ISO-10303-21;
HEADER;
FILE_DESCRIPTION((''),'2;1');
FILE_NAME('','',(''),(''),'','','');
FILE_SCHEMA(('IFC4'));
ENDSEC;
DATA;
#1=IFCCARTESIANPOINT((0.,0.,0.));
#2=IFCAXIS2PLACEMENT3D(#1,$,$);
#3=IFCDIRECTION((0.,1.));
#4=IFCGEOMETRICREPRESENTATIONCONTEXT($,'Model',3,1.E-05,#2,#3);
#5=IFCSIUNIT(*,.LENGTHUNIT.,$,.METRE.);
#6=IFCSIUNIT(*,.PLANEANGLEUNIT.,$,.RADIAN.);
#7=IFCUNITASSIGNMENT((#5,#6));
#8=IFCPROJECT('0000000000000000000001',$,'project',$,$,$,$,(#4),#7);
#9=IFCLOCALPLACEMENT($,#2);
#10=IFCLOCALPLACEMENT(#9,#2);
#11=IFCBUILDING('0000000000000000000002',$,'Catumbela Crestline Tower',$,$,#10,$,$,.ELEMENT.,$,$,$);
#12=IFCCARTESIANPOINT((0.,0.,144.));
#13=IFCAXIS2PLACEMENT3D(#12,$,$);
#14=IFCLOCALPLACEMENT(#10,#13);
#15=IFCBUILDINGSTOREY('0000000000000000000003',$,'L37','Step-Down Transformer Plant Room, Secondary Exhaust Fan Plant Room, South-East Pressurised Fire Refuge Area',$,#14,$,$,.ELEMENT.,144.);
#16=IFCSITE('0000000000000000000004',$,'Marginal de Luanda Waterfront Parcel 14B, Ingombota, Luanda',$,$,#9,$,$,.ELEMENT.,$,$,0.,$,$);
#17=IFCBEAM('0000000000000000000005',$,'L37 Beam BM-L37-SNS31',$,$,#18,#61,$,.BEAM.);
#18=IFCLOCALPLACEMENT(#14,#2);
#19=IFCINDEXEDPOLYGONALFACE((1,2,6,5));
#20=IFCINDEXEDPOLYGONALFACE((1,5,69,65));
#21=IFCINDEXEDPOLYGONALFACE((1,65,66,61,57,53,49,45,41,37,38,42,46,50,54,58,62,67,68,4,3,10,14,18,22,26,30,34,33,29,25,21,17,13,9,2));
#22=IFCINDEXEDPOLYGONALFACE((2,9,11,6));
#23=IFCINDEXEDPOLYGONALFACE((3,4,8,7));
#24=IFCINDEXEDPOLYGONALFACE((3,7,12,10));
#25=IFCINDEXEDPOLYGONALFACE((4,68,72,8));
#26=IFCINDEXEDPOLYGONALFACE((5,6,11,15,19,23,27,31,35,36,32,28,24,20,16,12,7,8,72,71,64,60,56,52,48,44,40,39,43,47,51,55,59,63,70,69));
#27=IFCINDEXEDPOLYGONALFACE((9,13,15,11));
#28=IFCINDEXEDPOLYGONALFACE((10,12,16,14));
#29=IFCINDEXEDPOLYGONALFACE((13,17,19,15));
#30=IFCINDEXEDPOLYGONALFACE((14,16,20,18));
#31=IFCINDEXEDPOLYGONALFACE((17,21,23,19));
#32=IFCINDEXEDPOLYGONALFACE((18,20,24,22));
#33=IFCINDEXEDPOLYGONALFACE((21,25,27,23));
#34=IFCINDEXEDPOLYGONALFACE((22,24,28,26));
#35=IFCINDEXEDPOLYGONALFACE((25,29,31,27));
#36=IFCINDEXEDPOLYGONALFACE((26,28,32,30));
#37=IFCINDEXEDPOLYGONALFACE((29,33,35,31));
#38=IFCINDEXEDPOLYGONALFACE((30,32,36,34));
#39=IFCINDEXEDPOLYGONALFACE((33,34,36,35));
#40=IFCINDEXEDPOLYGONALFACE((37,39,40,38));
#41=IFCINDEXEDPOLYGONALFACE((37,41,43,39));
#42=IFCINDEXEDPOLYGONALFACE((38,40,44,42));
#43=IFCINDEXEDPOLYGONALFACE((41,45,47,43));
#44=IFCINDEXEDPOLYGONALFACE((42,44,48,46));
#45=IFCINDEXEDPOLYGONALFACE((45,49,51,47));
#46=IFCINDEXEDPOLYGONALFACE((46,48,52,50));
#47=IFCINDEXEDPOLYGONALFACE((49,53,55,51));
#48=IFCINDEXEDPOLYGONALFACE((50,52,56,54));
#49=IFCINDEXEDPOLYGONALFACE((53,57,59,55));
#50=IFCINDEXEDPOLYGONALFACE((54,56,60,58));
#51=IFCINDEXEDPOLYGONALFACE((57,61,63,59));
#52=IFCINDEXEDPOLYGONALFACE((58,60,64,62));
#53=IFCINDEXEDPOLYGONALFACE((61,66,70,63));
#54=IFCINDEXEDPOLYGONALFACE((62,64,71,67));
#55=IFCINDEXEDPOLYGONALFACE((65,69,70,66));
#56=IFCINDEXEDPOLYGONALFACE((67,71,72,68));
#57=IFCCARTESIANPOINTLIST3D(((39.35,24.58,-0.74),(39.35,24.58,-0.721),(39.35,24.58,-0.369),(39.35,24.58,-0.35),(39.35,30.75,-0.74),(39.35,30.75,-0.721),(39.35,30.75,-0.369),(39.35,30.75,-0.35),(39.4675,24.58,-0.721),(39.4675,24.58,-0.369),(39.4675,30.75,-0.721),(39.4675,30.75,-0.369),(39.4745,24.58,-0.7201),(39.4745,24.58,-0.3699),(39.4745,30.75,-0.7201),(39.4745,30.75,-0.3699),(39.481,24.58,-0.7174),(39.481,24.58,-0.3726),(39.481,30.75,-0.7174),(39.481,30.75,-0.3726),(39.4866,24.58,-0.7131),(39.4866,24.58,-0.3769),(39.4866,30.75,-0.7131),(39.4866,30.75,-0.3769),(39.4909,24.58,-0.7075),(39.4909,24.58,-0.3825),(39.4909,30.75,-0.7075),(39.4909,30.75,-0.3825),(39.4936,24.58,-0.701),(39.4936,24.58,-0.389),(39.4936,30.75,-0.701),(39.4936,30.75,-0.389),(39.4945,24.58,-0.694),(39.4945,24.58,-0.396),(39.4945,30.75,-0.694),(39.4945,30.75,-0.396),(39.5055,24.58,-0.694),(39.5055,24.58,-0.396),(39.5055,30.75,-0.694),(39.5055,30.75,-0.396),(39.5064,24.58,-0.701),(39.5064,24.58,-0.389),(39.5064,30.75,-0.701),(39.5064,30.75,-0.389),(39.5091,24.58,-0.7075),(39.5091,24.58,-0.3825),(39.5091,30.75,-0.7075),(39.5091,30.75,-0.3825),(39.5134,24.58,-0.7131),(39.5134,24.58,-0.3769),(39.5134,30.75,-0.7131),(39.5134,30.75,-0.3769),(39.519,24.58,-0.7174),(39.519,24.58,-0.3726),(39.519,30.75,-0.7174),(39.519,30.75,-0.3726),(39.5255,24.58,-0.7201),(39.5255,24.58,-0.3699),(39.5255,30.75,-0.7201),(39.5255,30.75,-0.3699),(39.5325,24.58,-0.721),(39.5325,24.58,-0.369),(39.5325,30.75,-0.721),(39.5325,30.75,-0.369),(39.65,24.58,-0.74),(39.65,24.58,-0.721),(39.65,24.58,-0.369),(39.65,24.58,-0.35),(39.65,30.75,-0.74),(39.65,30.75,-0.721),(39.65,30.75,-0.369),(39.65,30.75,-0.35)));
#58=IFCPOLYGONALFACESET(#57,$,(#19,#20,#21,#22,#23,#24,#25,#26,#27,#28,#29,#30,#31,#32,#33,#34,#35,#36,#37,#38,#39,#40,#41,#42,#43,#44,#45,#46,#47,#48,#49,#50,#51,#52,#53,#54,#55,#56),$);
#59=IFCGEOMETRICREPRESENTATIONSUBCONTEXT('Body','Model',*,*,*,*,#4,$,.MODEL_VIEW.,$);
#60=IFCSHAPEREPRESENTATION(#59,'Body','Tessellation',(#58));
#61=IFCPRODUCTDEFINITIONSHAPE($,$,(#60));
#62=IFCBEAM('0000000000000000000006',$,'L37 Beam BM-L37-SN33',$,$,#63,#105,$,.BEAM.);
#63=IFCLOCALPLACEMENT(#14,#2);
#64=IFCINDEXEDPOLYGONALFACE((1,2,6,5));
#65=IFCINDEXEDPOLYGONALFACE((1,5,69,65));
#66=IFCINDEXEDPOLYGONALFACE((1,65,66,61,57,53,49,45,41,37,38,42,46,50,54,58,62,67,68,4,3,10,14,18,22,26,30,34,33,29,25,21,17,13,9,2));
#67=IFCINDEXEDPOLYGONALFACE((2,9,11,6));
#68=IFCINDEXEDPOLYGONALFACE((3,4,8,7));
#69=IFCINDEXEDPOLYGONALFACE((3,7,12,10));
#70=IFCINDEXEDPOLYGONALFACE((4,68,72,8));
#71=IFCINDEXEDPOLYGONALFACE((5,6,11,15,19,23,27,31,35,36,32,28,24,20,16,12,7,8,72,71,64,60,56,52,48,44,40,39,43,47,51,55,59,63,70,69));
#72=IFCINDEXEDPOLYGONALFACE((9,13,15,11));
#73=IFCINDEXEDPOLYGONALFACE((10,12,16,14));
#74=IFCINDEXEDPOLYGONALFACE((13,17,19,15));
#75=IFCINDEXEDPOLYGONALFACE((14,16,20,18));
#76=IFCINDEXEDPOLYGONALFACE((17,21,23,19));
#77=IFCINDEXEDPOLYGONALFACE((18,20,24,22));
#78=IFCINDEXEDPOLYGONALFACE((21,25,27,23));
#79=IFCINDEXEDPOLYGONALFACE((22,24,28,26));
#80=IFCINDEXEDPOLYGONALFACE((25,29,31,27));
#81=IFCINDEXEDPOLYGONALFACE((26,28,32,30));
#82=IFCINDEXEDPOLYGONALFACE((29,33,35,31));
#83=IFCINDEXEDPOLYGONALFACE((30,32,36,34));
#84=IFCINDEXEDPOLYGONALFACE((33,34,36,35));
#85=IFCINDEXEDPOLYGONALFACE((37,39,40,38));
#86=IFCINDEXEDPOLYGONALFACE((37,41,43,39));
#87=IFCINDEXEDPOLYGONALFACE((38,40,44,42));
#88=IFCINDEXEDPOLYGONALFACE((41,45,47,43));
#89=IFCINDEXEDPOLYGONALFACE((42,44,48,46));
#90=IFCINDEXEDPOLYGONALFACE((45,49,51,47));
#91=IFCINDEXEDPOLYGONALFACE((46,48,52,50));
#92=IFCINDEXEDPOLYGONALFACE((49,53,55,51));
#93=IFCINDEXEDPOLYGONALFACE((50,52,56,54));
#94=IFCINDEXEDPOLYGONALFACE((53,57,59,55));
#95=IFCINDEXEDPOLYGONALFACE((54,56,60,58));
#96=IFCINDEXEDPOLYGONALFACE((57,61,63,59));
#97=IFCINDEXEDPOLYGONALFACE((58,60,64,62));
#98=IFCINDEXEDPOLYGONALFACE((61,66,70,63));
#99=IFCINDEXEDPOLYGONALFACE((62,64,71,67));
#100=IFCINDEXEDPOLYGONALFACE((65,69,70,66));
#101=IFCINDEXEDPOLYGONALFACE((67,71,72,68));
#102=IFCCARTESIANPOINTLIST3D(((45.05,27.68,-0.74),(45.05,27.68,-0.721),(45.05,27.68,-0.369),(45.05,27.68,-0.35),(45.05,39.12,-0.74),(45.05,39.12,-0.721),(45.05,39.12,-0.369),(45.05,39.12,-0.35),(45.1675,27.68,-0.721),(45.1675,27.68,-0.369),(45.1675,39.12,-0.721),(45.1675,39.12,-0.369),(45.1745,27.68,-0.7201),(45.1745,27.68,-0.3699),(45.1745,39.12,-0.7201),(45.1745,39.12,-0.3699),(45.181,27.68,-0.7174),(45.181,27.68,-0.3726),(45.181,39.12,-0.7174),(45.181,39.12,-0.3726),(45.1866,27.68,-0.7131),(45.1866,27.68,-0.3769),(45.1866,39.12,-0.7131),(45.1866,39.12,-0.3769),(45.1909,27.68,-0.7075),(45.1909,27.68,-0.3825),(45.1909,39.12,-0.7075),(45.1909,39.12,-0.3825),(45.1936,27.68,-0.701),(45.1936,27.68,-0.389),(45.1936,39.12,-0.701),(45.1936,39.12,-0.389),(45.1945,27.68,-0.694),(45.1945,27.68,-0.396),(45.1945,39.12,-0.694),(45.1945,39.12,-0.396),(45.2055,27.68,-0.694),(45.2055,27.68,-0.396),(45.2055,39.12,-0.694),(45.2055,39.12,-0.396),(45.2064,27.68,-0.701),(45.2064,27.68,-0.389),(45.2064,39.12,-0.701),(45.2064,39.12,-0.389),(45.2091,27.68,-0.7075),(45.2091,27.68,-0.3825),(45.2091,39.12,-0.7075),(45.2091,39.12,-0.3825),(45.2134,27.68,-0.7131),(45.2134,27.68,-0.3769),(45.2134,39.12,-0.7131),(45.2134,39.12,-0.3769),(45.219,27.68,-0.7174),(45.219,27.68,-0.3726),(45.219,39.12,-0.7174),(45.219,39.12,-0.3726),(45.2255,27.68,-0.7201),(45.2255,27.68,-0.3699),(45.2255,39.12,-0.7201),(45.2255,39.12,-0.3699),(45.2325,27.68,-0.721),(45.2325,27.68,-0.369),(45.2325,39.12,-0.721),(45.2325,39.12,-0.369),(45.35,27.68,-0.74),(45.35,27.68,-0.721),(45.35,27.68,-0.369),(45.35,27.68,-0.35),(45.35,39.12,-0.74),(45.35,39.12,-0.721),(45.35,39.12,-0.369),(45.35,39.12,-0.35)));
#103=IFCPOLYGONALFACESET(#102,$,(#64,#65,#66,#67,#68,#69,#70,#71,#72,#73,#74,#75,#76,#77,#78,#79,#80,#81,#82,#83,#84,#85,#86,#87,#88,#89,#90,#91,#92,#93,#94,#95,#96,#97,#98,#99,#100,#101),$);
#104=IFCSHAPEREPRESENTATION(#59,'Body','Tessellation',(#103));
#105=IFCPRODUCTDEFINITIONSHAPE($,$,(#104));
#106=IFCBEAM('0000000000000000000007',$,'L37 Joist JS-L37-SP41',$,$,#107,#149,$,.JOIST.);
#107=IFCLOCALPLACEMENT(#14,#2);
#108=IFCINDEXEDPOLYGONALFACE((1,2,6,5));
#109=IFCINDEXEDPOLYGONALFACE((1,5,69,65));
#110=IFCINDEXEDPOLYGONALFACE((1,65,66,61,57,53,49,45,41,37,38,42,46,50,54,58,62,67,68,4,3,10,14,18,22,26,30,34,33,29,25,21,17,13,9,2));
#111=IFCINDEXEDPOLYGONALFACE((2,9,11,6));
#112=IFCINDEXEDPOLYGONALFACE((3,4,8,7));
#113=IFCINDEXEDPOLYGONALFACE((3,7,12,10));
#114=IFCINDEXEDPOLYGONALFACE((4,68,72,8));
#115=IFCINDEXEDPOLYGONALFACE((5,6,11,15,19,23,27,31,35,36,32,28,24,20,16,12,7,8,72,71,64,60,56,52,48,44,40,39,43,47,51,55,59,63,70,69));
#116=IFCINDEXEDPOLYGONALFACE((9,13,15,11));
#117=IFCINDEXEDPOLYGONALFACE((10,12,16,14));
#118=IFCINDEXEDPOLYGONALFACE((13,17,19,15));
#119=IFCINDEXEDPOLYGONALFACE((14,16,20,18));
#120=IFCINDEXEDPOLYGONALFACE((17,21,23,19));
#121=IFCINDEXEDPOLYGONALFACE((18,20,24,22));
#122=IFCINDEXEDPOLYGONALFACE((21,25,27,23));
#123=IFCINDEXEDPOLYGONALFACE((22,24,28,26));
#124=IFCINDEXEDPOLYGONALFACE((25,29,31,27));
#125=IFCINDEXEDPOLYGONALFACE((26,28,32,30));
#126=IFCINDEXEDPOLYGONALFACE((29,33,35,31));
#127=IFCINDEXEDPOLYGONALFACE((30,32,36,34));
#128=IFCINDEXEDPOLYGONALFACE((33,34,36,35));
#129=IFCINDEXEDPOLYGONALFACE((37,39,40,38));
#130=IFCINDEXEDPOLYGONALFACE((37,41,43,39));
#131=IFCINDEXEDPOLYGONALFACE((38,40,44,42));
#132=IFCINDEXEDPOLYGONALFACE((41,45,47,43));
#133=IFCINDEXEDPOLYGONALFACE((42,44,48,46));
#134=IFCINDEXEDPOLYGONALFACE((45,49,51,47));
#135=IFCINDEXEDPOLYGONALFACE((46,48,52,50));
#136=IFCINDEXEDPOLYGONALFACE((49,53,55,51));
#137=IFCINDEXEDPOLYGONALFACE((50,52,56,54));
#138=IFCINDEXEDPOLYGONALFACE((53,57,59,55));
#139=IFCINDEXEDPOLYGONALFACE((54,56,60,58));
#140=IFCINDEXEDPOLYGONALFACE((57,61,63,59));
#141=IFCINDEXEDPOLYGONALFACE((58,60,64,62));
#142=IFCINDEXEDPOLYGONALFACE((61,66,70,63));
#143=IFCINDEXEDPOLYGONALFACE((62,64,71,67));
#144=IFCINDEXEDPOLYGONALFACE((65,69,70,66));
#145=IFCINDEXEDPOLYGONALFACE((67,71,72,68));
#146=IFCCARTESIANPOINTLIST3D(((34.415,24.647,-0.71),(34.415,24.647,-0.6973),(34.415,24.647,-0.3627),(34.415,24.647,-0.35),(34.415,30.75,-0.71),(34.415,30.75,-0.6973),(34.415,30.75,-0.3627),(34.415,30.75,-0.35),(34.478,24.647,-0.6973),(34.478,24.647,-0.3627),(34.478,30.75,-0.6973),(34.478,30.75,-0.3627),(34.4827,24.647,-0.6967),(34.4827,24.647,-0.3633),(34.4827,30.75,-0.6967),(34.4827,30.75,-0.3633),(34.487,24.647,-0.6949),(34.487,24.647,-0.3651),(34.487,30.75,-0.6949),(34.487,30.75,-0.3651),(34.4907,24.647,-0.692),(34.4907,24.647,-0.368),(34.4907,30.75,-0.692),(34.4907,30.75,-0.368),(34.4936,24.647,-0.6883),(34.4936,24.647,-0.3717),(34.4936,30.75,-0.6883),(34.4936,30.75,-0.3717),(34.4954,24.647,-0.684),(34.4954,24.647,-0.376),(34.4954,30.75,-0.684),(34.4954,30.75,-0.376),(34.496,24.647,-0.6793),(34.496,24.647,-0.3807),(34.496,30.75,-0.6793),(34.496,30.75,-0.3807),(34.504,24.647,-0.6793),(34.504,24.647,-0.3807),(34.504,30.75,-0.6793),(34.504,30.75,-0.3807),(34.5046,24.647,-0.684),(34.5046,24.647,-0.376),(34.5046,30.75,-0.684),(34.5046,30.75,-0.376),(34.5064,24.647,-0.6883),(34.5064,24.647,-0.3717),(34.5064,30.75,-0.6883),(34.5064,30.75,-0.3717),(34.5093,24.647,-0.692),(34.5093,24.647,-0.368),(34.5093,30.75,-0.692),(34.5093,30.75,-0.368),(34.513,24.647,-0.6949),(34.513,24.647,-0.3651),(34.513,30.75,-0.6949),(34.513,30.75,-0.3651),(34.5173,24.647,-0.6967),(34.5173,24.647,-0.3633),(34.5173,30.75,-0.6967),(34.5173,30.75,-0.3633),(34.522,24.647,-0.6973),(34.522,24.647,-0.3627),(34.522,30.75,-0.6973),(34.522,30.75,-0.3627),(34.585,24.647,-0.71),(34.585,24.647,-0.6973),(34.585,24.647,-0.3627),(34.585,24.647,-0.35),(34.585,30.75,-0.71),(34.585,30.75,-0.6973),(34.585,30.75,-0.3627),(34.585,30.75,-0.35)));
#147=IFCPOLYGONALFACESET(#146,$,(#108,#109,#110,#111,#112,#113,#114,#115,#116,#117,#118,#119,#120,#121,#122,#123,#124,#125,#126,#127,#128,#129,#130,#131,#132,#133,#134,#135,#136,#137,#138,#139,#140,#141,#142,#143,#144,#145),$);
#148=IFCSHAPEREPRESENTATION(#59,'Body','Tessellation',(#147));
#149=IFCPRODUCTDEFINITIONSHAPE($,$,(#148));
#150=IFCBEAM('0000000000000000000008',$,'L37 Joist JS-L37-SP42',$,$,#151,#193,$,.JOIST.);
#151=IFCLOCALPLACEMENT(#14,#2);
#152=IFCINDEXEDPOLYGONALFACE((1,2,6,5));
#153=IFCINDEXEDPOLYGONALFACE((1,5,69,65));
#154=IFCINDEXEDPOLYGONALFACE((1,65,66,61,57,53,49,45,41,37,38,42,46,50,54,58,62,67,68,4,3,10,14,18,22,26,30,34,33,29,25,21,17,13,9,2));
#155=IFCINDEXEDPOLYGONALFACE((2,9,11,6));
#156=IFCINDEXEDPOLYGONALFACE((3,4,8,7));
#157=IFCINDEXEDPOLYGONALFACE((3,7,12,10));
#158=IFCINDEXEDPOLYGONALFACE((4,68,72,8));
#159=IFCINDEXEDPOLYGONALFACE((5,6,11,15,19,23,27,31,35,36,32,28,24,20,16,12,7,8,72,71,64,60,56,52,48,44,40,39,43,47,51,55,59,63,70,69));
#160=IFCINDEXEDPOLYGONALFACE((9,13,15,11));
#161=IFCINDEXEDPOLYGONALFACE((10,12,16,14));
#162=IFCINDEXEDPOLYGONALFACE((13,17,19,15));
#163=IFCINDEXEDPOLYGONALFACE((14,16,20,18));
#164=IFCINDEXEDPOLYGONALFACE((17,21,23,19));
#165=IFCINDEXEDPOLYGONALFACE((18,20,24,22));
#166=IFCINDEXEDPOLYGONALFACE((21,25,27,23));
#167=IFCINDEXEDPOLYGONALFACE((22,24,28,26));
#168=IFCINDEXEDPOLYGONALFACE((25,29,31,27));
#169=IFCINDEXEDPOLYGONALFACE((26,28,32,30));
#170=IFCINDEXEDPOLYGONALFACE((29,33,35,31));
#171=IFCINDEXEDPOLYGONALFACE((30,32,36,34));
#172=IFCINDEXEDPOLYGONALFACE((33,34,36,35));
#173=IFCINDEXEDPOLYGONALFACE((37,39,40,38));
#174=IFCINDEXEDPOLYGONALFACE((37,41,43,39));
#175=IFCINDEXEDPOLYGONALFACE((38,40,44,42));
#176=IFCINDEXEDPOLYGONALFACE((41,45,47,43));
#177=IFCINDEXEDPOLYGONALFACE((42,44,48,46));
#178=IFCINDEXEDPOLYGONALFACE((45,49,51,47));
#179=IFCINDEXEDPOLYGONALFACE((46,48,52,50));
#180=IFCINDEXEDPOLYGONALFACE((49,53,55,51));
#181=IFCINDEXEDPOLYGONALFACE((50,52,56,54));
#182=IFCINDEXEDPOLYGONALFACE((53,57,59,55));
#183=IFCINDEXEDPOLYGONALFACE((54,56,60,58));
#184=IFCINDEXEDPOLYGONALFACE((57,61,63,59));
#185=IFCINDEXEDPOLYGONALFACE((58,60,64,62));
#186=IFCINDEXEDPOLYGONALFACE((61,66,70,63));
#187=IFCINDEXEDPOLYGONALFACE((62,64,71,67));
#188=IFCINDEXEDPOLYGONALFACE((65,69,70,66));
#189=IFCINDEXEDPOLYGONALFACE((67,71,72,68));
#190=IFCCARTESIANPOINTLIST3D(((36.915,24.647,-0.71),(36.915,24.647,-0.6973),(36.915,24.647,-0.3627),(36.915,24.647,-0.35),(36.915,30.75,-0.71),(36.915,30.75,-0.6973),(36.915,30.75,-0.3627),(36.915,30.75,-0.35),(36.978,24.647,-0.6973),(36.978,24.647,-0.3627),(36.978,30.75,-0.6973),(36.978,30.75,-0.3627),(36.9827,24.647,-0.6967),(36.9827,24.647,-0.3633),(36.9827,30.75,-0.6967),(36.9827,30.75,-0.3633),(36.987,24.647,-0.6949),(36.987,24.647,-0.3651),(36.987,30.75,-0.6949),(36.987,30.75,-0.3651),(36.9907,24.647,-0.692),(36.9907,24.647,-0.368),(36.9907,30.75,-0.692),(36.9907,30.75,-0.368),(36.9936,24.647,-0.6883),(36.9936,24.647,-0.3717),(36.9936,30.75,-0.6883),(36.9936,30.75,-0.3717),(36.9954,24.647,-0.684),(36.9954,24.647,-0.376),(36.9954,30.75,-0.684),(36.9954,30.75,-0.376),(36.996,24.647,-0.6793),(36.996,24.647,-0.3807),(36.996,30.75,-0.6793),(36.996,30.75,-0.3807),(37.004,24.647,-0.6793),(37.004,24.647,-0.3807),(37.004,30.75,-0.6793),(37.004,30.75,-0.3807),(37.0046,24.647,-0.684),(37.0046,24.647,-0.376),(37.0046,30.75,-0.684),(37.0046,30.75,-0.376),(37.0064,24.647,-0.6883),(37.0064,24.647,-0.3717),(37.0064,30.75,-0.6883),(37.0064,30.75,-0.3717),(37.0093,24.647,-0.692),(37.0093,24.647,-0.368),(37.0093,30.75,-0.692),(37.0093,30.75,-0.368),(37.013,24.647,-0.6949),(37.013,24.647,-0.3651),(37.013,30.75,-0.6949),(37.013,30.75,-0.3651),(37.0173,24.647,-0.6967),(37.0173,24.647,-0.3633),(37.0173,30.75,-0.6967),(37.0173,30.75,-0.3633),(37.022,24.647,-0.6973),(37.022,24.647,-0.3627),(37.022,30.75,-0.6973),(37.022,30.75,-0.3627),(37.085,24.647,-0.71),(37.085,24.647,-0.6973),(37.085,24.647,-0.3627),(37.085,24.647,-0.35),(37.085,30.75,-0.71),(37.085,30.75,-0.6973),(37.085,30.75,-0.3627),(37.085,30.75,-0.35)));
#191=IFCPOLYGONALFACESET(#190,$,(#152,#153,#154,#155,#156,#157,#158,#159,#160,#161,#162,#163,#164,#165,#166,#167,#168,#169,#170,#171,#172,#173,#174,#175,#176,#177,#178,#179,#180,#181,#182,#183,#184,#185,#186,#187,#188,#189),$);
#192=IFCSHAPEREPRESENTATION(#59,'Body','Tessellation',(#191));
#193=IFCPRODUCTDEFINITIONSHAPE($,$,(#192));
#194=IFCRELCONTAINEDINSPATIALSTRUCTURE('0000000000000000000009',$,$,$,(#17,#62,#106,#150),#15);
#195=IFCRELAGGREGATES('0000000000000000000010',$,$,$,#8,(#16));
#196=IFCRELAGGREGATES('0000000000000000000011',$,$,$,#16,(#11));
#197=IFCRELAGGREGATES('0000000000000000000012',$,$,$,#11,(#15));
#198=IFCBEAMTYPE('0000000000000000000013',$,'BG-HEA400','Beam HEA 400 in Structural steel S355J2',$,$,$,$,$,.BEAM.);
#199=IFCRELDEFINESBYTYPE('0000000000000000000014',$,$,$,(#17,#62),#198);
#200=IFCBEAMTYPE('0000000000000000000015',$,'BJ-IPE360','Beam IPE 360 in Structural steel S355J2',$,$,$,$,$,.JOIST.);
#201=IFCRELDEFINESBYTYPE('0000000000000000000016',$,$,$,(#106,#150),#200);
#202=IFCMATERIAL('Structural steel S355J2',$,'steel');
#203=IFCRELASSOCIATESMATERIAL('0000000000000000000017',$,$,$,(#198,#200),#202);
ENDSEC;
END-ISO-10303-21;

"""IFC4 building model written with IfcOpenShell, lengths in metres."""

from ifc_helpers import new_model, si_unit, direction, frame, origin, origin_2d, place, context, subcontext, project, spatial, i_section, extrude, material, material_profile, profile_set, type_object, element, save


model = new_model("IFC4")

# Units and contexts
model_context = context("Model", 3, precision=1e-05, world=origin(), true_north=direction((0.0, 1.0)))
body_context = subcontext(model_context, "Body", "Model", "MODEL_VIEW")
ifc_project = project(units=[si_unit("LENGTHUNIT", "METRE"), si_unit("PLANEANGLEUNIT", "RADIAN")], contexts=[model_context])

# Site, building, storey
site_placement = place(None, origin())
site = spatial("IfcSite", under=ifc_project, at=site_placement, Name="Marginal de Luanda Waterfront Parcel 14B, Ingombota, Luanda", CompositionType="ELEMENT", RefElevation=0.0)
building_placement = place(site_placement, origin())
building = spatial("IfcBuilding", under=site, at=building_placement, Name="Catumbela Crestline Tower", CompositionType="ELEMENT")
storey_placement = place(building_placement, frame((0.0, 0.0, 144.0)))
storey = spatial("IfcBuildingStorey", under=building, at=storey_placement, Name="L37", Description="Step-Down Transformer Plant Room, Secondary Exhaust Fan Plant Room, South-East Pressurised Fire Refuge Area", CompositionType="ELEMENT", Elevation=144.0)

# Beams
ifc_material_1 = material(Name="Structural steel S355J2", Category="steel")
ifc_material_profile_1 = material_profile(ifc_material_1, i_section(OverallWidth=0.3, OverallDepth=0.39, WebThickness=0.011, FlangeThickness=0.019, FilletRadius=0.027, at=origin_2d()), Name="HEA 400")
ifc_profile_set_1 = profile_set([ifc_material_profile_1], Name="Structural steel S355J2")
beam_type_1 = type_object("IfcBeamType", Name="BG-HEA400", Description="Beam HEA 400 in Structural steel S355J2", PredefinedType="BEAM", material=ifc_profile_set_1)
beam_1_placement = place(storey_placement, frame((39.5, 24.58, -0.545), z_axis=(0.0, 1.0, 0.0), x_axis=(-1.0, 0.0, 0.0)))
element("IfcBeam", 1, at=beam_1_placement, inside=storey, type_object=beam_type_1, Name="L37 Beam BM-L37-SNS31", PredefinedType="BEAM", context=body_context, shape_type="SweptSolid", body=[
    extrude(i_section(OverallWidth=0.3, OverallDepth=0.39, WebThickness=0.011, FlangeThickness=0.019, FilletRadius=0.027, at=origin_2d()), origin(), (0.0, 0.0, 1.0), 6.17),
])
beam_2_placement = place(storey_placement, frame((45.2, 27.68, -0.545), z_axis=(0.0, 1.0, 0.0), x_axis=(-1.0, 0.0, 0.0)))
element("IfcBeam", 2, at=beam_2_placement, inside=storey, type_object=beam_type_1, Name="L37 Beam BM-L37-SN33", PredefinedType="BEAM", context=body_context, shape_type="SweptSolid", body=[
    extrude(i_section(OverallWidth=0.3, OverallDepth=0.39, WebThickness=0.011, FlangeThickness=0.019, FilletRadius=0.027, at=origin_2d()), origin(), (0.0, 0.0, 1.0), 11.44),
])
ifc_material_profile_2 = material_profile(ifc_material_1, i_section(OverallWidth=0.17, OverallDepth=0.36, WebThickness=0.008, FlangeThickness=0.0127, FilletRadius=0.018, at=origin_2d()), Name="IPE 360")
ifc_profile_set_2 = profile_set([ifc_material_profile_2], Name="Structural steel S355J2")
beam_type_2 = type_object("IfcBeamType", Name="BJ-IPE360", Description="Beam IPE 360 in Structural steel S355J2", PredefinedType="JOIST", material=ifc_profile_set_2)
for number, where, z_axis, x_axis, name in (
    (3, (34.5, 24.647, -0.53), (0.0, 1.0, 0.0), (-1.0, 0.0, 0.0), "L37 Joist JS-L37-SP41"),
    (4, (37.0, 24.647, -0.53), (0.0, 1.0, 0.0), (-1.0, 0.0, 0.0), "L37 Joist JS-L37-SP42"),
):
    element("IfcBeam", number, at=place(storey_placement, frame(where, z_axis=z_axis, x_axis=x_axis)), inside=storey, type_object=beam_type_2, Name=name, PredefinedType="JOIST", context=body_context, shape_type="SweptSolid", body=[
        extrude(i_section(OverallWidth=0.17, OverallDepth=0.36, WebThickness=0.008, FlangeThickness=0.0127, FilletRadius=0.018, at=origin_2d()), origin(), (0.0, 0.0, 1.0), 6.103),
    ])

save(model, "model.ifc")
